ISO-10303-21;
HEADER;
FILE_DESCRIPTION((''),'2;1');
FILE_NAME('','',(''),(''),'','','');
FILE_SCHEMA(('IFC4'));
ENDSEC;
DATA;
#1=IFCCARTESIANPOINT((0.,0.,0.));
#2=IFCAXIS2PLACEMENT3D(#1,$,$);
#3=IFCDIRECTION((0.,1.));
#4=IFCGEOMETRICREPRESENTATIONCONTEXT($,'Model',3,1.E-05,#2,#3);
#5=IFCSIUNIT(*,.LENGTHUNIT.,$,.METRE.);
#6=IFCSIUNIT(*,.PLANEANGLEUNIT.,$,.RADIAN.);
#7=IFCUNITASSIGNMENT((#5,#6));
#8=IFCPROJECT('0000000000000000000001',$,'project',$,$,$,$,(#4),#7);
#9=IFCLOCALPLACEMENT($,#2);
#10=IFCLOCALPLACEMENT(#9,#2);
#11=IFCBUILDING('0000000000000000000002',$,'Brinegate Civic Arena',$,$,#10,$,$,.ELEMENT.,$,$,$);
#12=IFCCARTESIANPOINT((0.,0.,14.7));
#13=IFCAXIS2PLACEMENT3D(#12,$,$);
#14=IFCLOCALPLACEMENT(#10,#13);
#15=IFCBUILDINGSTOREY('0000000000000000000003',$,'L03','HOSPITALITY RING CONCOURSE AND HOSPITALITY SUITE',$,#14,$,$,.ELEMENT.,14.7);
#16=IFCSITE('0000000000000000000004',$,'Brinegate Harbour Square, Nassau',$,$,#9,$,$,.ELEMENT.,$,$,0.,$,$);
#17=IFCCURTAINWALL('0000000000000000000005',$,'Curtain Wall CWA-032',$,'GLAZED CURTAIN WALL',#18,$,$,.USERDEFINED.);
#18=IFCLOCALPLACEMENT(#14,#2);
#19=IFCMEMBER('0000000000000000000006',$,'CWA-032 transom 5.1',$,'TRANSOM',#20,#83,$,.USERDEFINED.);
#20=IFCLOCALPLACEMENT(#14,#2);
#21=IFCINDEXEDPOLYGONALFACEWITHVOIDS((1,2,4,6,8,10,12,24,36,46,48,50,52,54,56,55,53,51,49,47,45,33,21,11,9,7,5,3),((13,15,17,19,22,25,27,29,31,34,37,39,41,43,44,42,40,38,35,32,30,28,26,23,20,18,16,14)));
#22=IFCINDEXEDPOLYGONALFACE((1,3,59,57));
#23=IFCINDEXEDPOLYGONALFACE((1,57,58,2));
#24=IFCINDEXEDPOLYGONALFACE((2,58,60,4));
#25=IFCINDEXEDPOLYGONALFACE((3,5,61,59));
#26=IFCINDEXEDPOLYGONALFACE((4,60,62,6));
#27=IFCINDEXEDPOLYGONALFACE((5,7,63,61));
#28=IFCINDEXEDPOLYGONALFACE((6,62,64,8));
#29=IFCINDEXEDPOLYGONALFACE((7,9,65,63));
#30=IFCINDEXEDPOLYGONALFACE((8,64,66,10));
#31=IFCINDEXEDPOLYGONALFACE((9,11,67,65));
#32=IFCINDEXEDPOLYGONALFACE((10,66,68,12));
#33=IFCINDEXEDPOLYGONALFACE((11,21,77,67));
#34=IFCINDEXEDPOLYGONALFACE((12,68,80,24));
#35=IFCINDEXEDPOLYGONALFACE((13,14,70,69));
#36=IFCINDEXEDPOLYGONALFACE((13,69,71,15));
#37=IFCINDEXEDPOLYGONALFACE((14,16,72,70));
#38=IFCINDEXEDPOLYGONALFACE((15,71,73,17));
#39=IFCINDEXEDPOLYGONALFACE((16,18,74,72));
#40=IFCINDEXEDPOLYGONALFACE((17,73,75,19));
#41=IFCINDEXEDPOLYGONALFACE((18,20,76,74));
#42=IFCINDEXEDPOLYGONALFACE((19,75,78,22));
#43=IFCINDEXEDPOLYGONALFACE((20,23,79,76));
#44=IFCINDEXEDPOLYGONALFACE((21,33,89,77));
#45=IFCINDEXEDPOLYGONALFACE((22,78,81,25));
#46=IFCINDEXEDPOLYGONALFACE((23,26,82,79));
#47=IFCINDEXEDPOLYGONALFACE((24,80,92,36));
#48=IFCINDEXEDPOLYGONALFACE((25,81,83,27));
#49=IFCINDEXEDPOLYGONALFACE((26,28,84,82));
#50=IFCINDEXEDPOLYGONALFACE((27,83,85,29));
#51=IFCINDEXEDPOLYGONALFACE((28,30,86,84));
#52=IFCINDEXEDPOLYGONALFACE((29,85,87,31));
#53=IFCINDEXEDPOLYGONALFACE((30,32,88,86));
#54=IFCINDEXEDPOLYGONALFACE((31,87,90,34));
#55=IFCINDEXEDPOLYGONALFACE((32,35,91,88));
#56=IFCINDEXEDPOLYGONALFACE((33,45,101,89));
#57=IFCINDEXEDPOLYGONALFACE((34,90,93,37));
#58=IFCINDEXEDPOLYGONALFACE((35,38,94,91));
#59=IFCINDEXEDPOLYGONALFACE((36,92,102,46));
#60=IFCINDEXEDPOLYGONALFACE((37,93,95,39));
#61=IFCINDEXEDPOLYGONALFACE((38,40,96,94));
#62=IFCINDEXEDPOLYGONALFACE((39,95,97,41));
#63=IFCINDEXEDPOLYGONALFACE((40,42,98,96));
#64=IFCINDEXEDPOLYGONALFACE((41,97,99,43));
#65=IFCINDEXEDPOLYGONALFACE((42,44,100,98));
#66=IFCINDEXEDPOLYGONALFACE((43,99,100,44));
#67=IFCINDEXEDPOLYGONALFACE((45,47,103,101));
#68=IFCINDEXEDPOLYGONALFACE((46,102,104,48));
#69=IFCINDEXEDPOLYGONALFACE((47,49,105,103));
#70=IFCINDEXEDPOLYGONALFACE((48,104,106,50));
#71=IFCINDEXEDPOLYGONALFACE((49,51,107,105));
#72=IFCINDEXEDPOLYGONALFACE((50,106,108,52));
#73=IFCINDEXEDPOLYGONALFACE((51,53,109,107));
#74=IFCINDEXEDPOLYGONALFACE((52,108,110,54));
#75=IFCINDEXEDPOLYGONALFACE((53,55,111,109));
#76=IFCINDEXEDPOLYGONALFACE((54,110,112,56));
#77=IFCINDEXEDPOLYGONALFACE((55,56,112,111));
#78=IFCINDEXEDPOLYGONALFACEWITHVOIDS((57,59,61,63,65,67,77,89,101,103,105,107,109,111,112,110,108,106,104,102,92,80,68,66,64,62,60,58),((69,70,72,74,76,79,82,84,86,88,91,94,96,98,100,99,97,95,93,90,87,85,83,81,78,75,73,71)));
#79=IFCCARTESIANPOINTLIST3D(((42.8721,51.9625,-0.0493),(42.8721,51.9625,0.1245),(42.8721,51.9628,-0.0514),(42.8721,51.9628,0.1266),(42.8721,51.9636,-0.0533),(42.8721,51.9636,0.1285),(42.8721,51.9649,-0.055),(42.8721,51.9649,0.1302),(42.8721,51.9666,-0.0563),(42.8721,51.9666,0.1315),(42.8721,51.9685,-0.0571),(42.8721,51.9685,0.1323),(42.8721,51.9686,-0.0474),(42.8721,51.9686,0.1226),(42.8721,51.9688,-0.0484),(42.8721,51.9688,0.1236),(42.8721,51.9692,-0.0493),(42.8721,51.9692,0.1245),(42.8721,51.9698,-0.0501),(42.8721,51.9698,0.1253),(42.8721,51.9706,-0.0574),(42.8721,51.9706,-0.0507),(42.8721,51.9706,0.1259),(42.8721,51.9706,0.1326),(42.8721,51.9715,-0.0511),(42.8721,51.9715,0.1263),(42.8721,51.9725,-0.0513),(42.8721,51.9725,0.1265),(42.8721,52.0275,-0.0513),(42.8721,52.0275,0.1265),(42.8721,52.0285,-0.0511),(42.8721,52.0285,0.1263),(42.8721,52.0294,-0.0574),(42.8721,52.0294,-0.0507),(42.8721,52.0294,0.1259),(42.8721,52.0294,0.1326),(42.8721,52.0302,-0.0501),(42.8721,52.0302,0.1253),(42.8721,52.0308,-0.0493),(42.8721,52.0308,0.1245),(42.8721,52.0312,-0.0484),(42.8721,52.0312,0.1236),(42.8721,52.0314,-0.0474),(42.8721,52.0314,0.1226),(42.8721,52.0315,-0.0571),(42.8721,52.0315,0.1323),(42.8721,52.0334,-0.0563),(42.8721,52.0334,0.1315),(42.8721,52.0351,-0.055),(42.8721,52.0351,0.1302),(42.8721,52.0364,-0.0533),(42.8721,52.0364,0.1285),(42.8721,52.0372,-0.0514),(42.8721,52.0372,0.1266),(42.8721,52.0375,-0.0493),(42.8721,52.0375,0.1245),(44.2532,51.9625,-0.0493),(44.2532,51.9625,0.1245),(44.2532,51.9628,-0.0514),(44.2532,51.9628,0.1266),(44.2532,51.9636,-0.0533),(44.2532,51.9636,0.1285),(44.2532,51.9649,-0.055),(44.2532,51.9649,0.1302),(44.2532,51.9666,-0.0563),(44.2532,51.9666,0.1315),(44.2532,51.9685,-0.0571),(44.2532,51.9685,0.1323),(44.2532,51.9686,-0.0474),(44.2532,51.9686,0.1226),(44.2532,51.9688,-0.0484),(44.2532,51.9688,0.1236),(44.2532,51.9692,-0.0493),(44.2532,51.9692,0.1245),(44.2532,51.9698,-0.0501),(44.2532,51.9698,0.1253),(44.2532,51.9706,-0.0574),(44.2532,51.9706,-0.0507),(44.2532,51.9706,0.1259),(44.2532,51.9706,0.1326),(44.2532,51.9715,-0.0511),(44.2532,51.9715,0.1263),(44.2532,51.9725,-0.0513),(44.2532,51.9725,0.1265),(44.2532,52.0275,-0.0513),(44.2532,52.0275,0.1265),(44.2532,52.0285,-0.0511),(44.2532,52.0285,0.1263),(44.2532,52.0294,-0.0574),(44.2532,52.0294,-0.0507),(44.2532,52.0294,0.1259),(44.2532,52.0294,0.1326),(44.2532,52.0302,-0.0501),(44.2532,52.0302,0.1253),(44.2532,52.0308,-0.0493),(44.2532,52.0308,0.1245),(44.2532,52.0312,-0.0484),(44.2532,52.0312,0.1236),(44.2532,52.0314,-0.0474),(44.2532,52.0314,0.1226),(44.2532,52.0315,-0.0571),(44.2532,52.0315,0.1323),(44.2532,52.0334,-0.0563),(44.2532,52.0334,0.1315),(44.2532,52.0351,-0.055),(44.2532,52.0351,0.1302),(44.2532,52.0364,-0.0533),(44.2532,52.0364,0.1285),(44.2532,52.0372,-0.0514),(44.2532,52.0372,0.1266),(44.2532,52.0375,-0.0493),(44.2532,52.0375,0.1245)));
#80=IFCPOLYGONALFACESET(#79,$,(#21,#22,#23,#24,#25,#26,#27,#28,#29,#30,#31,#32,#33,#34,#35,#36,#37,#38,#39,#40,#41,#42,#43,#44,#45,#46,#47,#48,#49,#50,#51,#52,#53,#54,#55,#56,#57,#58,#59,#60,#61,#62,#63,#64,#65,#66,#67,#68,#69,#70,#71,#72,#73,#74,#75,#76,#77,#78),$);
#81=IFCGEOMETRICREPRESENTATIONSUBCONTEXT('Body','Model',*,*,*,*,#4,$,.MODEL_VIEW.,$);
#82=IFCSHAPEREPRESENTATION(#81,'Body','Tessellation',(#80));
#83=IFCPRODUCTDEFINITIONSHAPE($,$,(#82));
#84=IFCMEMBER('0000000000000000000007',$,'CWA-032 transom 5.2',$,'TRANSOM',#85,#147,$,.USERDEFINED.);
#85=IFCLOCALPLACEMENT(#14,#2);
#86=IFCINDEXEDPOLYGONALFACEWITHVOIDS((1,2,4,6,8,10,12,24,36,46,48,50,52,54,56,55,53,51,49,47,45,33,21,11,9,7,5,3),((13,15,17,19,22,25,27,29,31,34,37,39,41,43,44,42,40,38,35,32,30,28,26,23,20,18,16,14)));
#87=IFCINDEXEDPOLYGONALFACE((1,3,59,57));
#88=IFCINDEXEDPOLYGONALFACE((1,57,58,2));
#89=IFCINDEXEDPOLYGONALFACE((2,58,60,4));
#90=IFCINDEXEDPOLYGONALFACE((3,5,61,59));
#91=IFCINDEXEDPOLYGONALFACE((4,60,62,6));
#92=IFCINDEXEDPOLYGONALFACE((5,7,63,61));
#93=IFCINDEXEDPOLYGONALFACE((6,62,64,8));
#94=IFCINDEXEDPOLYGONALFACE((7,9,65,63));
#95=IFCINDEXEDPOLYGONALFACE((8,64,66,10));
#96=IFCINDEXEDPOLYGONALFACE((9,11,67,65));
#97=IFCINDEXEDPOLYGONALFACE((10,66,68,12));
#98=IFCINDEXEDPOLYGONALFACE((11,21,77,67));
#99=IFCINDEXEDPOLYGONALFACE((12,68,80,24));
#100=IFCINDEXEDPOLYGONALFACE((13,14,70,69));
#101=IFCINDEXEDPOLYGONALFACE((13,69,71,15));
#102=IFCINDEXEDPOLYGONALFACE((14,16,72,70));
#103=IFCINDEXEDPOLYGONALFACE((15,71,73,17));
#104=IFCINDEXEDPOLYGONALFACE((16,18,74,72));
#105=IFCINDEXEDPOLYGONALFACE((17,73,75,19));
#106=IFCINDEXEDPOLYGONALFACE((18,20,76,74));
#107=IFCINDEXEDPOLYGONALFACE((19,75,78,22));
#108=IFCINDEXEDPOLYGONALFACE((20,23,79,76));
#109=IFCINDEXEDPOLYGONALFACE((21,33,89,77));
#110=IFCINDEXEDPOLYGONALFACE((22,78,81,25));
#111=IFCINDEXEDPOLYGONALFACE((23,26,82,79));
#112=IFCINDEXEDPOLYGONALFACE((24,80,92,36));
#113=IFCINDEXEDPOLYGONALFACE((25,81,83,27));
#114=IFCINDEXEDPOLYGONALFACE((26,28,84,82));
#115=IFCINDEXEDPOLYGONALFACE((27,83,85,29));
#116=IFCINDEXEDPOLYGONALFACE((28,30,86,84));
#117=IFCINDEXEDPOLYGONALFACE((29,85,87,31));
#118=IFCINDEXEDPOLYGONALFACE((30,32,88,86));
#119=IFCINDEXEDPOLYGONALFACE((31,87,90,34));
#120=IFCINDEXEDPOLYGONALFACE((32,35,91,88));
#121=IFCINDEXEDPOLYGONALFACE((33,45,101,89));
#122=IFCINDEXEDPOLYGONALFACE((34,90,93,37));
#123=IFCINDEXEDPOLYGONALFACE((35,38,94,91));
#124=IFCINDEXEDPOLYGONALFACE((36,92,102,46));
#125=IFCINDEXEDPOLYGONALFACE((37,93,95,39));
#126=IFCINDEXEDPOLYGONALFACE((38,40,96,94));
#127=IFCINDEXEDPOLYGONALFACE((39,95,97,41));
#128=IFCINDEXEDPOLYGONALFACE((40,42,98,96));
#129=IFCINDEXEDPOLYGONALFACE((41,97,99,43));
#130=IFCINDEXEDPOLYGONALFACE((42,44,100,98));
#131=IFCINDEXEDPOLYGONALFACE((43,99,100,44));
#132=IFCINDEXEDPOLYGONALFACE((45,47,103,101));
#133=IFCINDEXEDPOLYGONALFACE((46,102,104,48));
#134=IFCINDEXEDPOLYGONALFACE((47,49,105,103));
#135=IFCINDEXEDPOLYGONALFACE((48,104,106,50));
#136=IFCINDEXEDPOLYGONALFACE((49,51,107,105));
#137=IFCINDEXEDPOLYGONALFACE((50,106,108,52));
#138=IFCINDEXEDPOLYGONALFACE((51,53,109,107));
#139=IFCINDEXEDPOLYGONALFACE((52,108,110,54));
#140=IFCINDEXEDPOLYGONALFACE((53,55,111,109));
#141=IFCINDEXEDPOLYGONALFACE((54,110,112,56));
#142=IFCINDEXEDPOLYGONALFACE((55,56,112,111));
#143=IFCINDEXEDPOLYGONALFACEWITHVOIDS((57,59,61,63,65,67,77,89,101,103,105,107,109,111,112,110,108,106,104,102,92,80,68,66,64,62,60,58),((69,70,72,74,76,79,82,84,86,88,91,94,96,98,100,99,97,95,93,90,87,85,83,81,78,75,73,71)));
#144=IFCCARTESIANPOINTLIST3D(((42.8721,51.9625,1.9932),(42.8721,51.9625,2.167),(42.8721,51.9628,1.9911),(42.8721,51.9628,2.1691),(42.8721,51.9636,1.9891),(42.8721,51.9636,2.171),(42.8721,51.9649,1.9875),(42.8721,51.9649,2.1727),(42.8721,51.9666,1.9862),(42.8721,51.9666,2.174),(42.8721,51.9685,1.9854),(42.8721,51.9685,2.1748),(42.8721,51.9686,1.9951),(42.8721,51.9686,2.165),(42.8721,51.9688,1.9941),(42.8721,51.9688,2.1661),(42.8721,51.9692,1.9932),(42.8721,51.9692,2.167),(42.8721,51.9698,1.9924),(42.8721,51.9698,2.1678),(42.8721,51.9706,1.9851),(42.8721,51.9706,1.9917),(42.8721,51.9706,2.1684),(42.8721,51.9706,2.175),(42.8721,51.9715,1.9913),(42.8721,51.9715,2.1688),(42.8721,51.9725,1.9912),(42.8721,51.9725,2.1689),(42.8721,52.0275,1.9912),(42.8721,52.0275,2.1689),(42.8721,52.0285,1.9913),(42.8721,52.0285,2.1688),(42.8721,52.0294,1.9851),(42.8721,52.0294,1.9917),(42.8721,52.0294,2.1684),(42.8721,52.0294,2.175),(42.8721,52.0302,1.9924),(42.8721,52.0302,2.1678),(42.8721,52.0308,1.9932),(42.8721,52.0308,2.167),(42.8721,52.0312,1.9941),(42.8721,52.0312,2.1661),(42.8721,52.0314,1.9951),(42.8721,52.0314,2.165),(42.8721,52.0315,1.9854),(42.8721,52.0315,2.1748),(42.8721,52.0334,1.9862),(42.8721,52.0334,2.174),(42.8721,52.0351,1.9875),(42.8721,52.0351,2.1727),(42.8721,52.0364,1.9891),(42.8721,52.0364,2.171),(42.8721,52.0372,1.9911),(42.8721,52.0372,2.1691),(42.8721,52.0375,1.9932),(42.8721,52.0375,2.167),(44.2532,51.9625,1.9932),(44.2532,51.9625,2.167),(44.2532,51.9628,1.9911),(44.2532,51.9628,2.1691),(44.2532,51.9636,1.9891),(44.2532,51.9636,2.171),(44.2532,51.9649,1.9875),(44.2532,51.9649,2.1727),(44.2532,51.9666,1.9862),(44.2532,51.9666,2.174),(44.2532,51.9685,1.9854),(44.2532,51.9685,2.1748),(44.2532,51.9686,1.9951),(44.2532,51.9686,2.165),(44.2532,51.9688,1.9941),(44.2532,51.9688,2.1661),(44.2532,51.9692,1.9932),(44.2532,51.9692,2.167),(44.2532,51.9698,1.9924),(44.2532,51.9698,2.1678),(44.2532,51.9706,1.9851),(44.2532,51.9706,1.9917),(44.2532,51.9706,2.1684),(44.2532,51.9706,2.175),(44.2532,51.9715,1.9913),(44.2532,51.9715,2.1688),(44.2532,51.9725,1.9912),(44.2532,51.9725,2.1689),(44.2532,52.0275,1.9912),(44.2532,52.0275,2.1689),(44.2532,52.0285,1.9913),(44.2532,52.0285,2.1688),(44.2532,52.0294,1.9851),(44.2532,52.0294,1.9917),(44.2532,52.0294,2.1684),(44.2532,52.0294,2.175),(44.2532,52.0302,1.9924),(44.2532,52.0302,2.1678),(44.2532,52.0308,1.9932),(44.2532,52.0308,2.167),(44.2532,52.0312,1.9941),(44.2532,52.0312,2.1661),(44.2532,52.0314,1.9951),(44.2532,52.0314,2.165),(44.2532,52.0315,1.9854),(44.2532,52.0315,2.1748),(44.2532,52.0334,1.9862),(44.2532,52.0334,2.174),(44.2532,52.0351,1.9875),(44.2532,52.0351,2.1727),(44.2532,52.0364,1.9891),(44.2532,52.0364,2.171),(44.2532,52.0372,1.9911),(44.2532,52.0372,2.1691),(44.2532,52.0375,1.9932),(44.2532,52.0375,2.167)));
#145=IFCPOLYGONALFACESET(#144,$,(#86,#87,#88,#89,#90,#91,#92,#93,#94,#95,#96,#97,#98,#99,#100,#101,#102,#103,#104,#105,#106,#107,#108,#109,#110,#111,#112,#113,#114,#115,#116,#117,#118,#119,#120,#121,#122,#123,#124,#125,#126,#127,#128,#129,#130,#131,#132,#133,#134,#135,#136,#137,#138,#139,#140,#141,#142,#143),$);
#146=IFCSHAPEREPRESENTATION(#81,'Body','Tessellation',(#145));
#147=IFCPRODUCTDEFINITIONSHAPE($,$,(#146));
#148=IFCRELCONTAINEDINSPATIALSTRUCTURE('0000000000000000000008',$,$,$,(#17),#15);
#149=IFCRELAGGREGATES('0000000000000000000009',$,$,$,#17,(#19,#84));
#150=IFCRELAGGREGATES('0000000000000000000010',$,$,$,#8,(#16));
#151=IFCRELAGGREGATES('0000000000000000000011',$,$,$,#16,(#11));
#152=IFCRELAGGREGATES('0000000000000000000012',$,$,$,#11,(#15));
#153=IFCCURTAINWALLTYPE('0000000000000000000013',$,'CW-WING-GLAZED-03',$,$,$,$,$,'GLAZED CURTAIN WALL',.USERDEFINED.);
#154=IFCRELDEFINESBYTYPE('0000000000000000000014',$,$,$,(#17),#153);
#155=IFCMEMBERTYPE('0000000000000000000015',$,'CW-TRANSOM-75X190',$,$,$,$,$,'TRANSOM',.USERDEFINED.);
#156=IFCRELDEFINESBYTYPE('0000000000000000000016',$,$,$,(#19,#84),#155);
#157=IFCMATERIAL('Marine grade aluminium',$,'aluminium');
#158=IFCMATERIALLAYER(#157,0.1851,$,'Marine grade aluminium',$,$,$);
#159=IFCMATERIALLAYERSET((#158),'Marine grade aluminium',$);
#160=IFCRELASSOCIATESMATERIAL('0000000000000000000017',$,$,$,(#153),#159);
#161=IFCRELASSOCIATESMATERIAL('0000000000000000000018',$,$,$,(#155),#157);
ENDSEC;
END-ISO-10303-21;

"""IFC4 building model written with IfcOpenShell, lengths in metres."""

from ifc_helpers import new_model, si_unit, direction, frame, origin, origin_2d, place, context, subcontext, project, spatial, hollow_rectangle, extrude, material, layer, layer_set, material_profile, profile_set, type_object, element, aggregate, save


model = new_model("IFC4")

# Units and contexts
model_context = context("Model", 3, precision=1e-05, world=origin(), true_north=direction((0.0, 1.0)))
body_context = subcontext(model_context, "Body", "Model", "MODEL_VIEW")
ifc_project = project(units=[si_unit("LENGTHUNIT", "METRE"), si_unit("PLANEANGLEUNIT", "RADIAN")], contexts=[model_context])

# Site, building, storey
site_placement = place(None, origin())
site = spatial("IfcSite", under=ifc_project, at=site_placement, Name="Brinegate Harbour Square, Nassau", CompositionType="ELEMENT", RefElevation=0.0)
building_placement = place(site_placement, origin())
building = spatial("IfcBuilding", under=site, at=building_placement, Name="Brinegate Civic Arena", CompositionType="ELEMENT")
storey_placement = place(building_placement, frame((0.0, 0.0, 14.7)))
storey = spatial("IfcBuildingStorey", under=building, at=storey_placement, Name="L03", Description="HOSPITALITY RING CONCOURSE AND HOSPITALITY SUITE", CompositionType="ELEMENT", Elevation=14.7)

# Curtain wall, members
ifc_material_1 = material(Name="Marine grade aluminium", Category="aluminium")
ifc_layer_1 = layer(ifc_material_1, 0.1851, Name="Marine grade aluminium")
ifc_layer_set_1 = layer_set([ifc_layer_1], Name="Marine grade aluminium")
curtain_wall_type = type_object("IfcCurtainWallType", Name="CW-WING-GLAZED-03", ElementType="GLAZED CURTAIN WALL", PredefinedType="USERDEFINED", material=ifc_layer_set_1)
curtain_wall_placement = place(storey_placement, origin())
curtain_wall = element("IfcCurtainWall", 1, at=curtain_wall_placement, inside=storey, type_object=curtain_wall_type, Name="Curtain Wall CWA-032", ObjectType="GLAZED CURTAIN WALL", PredefinedType="USERDEFINED")
ifc_material_profile_1 = material_profile(ifc_material_1, hollow_rectangle(XDim=0.075, YDim=0.1899, WallThickness=0.0061, InnerFilletRadius=0.0039, OuterFilletRadius=0.0081, at=origin_2d()), Name="TRN75X190")
ifc_profile_set_1 = profile_set([ifc_material_profile_1], Name="Marine grade aluminium")
member_type_1 = type_object("IfcMemberType", Name="CW-TRANSOM-75X190", ElementType="TRANSOM", PredefinedType="USERDEFINED", material=ifc_profile_set_1)
member_1_placement = place(storey_placement, frame((42.8721, 52.0, 0.0376), z_axis=(1.0, 0.0, 0.0), x_axis=(0.0, 1.0, 0.0)))
member_1 = element("IfcMember", 2, at=member_1_placement, type_object=member_type_1, Name="CWA-032 transom 5.1", ObjectType="TRANSOM", PredefinedType="USERDEFINED", context=body_context, shape_type="SweptSolid", body=[
    extrude(hollow_rectangle(XDim=0.075, YDim=0.1899, WallThickness=0.0061, InnerFilletRadius=0.0039, OuterFilletRadius=0.0081, at=origin_2d()), origin(), (0.0, 0.0, 1.0), 1.3811),
])
member_2_placement = place(storey_placement, frame((42.8721, 52.0, 2.0801), z_axis=(1.0, 0.0, 0.0), x_axis=(0.0, 1.0, 0.0)))
member_2 = element("IfcMember", 3, at=member_2_placement, type_object=member_type_1, Name="CWA-032 transom 5.2", ObjectType="TRANSOM", PredefinedType="USERDEFINED", context=body_context, shape_type="SweptSolid", body=[
    extrude(hollow_rectangle(XDim=0.075, YDim=0.1899, WallThickness=0.0061, InnerFilletRadius=0.0039, OuterFilletRadius=0.0081, at=origin_2d()), origin(), (0.0, 0.0, 1.0), 1.3811),
])
aggregate(curtain_wall, [member_1, member_2])

save(model, "model.ifc")
